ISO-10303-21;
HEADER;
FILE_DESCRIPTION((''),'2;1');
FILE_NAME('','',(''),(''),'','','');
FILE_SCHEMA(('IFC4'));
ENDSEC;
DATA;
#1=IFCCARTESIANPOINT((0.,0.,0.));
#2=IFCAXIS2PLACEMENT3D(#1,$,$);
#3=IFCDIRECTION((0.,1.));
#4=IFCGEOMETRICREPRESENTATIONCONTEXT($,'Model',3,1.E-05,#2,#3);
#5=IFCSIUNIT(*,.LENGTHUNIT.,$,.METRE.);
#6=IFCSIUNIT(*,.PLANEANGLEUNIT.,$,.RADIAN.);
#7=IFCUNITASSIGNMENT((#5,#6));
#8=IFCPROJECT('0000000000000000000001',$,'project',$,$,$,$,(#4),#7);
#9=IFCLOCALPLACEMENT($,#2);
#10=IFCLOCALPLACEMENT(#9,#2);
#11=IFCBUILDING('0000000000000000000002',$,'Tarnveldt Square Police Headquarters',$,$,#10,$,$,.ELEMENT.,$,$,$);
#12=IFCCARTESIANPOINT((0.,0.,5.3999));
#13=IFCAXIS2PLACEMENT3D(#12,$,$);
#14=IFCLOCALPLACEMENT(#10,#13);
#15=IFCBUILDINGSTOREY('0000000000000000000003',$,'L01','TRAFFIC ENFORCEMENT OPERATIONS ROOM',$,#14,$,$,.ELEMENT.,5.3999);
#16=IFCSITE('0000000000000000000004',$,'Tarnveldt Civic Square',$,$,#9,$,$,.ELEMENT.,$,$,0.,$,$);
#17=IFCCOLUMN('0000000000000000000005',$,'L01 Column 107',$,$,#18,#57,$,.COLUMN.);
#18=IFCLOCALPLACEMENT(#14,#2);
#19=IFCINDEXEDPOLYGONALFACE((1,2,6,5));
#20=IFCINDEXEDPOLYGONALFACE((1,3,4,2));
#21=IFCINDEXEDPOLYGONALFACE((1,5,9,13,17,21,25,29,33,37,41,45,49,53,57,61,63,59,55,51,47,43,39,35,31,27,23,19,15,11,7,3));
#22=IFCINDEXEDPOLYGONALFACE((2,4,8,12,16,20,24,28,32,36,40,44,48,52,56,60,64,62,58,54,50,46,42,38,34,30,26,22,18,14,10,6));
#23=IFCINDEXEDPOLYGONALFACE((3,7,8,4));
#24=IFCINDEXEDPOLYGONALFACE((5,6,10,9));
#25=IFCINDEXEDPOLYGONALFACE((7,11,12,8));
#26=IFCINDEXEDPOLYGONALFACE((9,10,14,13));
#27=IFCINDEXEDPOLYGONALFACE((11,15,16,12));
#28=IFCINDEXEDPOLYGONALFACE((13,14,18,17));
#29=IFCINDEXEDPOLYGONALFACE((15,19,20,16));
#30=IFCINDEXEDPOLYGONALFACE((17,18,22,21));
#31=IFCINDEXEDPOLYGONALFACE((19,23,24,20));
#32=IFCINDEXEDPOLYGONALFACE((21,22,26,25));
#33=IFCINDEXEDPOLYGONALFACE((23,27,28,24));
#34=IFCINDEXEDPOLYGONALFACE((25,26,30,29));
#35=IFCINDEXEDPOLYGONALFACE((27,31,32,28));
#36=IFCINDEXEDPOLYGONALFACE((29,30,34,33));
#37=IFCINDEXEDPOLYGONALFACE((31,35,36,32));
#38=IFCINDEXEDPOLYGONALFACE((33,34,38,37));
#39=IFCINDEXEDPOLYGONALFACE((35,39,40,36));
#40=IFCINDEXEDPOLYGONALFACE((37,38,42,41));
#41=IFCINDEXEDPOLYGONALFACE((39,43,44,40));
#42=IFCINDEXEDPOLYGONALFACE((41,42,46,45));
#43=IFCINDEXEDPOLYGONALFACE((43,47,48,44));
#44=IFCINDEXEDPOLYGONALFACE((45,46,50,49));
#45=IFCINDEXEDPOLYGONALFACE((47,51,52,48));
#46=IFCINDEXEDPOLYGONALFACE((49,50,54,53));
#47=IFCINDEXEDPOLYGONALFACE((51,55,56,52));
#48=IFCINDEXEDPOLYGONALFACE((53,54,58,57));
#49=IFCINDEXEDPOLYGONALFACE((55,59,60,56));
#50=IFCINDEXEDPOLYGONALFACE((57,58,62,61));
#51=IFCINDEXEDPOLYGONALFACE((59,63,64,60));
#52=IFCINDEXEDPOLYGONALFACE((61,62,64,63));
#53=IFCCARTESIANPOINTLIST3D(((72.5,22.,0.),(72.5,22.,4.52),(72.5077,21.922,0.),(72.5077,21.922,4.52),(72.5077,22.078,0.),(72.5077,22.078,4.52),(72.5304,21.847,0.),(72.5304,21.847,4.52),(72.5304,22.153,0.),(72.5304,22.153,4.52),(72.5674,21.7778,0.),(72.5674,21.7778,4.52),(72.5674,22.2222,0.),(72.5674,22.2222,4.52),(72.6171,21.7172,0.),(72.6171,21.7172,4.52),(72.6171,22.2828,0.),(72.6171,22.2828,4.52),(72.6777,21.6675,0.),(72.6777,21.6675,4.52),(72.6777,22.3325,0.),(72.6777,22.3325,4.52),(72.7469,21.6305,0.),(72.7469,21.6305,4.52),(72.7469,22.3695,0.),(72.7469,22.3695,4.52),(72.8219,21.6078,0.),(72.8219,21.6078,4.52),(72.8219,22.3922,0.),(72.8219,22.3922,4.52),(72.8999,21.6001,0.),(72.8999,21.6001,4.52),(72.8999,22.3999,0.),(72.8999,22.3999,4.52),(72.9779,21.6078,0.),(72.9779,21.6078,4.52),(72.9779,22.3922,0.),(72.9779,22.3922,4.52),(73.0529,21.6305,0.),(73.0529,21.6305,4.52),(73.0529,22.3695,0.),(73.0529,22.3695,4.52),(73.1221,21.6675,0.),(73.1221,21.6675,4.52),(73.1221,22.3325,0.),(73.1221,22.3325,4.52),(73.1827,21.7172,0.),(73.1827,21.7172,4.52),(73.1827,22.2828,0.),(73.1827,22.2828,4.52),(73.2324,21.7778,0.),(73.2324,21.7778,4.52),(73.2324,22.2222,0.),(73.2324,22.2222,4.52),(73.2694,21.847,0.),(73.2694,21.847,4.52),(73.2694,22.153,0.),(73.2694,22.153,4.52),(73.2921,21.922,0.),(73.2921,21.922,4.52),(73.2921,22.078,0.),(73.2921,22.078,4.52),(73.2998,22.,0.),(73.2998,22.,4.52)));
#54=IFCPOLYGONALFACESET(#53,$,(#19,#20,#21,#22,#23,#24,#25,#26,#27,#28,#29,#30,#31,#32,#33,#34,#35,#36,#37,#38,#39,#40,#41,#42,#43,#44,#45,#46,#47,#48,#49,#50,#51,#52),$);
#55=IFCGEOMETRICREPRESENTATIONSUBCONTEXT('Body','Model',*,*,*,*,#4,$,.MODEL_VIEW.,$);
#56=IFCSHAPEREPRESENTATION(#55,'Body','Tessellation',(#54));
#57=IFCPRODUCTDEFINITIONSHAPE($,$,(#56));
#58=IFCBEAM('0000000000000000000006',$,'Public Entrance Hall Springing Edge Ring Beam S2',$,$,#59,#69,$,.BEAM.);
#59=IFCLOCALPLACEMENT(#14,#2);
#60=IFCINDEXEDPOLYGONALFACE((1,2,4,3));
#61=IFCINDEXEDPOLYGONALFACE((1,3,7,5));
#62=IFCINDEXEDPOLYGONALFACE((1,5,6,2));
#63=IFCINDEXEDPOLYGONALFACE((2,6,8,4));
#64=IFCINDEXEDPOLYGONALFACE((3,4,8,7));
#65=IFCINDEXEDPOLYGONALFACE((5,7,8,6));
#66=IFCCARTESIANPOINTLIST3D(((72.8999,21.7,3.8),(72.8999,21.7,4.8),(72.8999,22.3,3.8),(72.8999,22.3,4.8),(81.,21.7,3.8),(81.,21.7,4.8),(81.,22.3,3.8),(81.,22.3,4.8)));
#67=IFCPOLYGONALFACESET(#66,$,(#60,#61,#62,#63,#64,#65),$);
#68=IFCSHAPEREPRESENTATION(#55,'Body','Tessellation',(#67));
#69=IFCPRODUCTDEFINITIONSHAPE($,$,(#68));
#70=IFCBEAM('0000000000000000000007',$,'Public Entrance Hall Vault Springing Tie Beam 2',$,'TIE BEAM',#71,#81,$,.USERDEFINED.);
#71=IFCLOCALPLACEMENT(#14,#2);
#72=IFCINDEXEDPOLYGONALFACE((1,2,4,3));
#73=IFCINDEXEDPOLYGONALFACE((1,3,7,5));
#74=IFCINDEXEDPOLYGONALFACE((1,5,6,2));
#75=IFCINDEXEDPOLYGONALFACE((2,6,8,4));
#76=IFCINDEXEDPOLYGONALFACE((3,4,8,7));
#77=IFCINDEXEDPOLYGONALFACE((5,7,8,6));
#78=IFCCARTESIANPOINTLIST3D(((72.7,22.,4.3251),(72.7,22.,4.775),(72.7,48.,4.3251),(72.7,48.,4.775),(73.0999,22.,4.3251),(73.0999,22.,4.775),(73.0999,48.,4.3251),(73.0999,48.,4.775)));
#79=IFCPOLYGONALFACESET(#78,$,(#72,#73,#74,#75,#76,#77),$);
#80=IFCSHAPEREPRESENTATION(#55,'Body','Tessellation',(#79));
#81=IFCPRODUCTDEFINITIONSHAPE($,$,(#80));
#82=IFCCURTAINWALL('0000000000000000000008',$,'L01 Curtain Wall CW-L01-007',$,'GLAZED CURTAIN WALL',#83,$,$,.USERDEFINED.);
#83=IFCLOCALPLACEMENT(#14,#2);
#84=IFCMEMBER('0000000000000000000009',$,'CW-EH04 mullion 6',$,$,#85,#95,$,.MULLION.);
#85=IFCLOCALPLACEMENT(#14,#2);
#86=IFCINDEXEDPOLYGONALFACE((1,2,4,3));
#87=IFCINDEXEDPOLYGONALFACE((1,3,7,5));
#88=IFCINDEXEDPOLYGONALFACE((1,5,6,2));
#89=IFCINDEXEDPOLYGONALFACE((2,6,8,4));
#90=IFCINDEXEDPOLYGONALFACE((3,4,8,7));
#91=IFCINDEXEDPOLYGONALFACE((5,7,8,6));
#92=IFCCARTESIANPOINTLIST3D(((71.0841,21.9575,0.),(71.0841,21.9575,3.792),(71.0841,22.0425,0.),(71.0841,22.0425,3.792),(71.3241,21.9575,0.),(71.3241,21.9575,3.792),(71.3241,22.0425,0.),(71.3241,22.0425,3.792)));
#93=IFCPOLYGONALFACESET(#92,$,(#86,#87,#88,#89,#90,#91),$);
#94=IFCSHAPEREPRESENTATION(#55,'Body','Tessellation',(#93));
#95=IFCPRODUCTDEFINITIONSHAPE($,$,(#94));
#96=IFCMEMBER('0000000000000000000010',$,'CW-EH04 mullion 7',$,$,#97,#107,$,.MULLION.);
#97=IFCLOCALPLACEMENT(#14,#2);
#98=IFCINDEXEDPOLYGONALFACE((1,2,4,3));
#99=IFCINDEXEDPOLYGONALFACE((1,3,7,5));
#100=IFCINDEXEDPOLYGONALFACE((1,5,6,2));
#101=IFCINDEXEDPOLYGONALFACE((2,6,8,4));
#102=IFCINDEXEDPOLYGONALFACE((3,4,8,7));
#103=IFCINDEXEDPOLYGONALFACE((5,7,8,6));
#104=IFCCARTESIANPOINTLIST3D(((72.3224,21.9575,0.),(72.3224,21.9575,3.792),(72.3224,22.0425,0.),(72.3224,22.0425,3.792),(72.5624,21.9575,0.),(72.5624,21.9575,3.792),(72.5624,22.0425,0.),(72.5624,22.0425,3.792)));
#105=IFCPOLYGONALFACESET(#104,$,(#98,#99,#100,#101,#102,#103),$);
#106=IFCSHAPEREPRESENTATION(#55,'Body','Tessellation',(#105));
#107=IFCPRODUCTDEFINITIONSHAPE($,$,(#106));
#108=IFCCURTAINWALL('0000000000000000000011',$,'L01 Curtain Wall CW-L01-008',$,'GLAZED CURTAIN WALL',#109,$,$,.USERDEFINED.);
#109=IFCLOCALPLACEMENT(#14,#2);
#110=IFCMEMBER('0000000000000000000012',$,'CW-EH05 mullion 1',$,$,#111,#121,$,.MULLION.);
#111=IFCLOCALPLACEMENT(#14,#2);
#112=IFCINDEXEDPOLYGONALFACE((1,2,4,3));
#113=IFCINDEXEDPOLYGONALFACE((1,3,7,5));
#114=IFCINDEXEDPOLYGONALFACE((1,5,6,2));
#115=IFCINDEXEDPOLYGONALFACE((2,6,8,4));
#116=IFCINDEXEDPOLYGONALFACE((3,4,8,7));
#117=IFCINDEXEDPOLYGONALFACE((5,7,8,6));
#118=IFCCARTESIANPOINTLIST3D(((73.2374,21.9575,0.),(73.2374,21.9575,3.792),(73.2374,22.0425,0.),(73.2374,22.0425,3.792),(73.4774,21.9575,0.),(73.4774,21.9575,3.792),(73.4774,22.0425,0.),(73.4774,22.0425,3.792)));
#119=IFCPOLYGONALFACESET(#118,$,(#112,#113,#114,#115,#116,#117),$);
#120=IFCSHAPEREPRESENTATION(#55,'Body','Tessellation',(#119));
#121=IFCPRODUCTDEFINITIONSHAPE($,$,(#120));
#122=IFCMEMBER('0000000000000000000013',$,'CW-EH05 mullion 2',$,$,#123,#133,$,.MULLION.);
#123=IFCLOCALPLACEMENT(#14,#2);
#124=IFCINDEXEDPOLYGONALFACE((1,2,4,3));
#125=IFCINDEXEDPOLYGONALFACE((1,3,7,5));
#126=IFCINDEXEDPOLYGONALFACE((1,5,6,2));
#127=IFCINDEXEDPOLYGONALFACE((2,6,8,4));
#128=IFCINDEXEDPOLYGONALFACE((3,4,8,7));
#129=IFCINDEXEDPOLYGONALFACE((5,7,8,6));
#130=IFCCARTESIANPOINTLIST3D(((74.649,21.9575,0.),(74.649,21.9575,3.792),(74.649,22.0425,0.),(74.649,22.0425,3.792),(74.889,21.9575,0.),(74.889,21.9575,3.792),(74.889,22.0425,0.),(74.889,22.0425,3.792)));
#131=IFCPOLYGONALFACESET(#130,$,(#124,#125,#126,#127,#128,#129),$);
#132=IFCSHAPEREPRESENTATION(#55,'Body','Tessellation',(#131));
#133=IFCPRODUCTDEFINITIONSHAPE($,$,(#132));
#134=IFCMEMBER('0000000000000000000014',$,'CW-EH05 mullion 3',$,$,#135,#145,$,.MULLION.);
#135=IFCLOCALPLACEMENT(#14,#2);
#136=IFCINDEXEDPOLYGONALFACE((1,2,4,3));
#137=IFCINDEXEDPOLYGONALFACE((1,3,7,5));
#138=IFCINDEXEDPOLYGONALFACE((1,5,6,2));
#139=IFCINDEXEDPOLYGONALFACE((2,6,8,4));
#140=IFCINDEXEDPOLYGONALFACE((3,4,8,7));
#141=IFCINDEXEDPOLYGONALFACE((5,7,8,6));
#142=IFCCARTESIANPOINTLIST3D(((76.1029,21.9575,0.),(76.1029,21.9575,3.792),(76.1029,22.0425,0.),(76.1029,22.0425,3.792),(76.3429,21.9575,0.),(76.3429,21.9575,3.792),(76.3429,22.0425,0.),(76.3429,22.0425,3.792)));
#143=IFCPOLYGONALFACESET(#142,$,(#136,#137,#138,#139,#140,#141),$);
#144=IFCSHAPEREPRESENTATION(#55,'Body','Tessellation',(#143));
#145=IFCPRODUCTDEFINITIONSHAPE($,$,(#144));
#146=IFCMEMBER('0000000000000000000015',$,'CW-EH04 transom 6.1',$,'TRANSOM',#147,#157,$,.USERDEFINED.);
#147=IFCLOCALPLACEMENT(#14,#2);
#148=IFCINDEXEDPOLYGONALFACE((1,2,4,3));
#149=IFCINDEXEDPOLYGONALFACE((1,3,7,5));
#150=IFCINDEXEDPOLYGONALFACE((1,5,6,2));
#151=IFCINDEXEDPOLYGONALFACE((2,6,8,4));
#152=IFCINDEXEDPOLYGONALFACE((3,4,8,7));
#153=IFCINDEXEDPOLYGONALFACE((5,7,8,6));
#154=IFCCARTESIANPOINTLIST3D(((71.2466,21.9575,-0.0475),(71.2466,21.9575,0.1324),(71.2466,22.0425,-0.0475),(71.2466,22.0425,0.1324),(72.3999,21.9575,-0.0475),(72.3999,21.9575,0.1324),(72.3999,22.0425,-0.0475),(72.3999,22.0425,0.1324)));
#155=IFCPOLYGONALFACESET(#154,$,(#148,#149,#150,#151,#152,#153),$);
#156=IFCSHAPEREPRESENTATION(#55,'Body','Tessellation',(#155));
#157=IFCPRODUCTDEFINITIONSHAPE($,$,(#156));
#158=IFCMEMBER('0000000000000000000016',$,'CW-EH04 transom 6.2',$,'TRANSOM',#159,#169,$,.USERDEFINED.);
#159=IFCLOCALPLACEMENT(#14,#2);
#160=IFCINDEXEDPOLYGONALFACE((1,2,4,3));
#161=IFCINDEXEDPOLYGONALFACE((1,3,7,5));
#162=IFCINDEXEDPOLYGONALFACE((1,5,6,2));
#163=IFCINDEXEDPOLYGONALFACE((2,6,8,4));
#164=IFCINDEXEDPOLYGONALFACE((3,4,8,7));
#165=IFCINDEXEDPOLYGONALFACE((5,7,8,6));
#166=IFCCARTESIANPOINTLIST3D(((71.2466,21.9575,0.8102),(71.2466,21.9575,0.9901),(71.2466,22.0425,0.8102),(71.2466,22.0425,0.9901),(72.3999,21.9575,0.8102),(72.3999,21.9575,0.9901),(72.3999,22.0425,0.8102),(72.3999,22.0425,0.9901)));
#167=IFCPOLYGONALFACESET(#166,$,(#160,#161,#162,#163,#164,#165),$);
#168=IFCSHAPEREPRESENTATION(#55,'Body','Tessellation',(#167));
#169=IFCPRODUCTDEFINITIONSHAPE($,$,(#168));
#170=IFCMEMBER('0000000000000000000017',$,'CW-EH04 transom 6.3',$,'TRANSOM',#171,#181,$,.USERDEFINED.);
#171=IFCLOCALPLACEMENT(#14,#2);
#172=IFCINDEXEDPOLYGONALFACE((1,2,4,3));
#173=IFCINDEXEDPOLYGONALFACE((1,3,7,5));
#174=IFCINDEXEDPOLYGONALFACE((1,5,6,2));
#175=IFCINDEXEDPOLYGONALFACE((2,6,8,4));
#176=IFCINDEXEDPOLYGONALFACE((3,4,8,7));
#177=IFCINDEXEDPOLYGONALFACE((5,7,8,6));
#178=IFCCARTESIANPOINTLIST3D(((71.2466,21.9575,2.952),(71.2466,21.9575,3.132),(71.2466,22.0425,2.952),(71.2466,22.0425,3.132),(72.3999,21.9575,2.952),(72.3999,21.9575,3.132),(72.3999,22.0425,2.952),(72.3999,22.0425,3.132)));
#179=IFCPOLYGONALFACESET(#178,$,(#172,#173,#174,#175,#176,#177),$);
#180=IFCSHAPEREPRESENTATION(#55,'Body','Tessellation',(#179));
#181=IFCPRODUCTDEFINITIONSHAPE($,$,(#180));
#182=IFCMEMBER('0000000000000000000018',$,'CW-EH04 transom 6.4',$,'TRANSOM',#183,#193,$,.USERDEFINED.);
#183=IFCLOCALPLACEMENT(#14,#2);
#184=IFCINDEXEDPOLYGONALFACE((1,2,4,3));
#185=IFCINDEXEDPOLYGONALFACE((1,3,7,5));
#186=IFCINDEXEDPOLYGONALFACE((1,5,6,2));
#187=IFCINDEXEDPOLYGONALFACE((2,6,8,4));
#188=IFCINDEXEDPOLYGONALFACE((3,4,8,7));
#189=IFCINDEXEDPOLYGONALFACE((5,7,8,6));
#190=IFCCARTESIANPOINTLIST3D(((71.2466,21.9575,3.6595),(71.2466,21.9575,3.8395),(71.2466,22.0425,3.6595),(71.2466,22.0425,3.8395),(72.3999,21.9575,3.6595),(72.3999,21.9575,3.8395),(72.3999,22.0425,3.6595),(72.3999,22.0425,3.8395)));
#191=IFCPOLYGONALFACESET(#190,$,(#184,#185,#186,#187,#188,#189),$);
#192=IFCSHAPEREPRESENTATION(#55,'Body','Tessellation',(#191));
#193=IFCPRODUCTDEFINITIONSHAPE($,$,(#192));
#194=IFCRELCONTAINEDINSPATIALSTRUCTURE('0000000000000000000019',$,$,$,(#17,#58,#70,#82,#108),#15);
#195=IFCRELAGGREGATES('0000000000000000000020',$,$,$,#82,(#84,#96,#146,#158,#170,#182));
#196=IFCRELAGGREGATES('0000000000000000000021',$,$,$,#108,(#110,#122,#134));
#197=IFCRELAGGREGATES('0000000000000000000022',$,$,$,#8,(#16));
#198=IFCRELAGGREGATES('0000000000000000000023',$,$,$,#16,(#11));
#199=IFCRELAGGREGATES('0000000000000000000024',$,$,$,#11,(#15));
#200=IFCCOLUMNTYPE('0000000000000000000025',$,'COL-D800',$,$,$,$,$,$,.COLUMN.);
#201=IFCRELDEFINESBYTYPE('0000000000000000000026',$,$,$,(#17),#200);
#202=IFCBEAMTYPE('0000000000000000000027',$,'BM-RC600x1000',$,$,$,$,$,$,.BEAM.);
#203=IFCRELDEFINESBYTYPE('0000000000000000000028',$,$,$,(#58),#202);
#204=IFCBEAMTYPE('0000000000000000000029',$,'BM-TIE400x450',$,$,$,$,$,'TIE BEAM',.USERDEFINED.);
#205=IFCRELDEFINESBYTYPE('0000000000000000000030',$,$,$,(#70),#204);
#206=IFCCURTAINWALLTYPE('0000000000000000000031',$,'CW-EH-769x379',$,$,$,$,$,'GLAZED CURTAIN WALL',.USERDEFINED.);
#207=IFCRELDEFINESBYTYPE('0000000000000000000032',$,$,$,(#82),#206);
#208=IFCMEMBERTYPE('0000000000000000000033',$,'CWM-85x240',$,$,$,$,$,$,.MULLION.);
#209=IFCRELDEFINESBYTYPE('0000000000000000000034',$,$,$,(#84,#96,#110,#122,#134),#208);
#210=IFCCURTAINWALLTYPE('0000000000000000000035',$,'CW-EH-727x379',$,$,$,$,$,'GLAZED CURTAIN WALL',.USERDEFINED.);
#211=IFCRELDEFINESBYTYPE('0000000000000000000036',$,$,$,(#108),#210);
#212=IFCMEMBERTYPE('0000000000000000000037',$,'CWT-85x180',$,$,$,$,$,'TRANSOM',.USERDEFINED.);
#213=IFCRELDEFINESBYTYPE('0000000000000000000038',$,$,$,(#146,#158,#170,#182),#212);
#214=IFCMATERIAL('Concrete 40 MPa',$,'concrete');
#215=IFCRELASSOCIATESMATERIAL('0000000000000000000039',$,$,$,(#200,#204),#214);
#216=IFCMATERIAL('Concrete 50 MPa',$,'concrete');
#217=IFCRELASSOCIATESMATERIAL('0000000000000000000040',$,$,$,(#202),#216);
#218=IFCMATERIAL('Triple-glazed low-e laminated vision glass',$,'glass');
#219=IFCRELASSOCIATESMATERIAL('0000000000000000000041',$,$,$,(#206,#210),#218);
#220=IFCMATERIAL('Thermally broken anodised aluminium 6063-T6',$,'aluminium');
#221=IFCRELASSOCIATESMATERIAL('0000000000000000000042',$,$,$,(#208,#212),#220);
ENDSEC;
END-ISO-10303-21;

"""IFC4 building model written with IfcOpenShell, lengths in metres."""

from ifc_helpers import new_model, si_unit, direction, frame, origin, origin_2d, place, context, subcontext, project, spatial, rectangle, circle, extrude, material, material_profile, profile_set, type_object, element, aggregate, save


model = new_model("IFC4")

# Units and contexts
model_context = context("Model", 3, precision=1e-05, world=origin(), true_north=direction((0.0, 1.0)))
body_context = subcontext(model_context, "Body", "Model", "MODEL_VIEW")
ifc_project = project(units=[si_unit("LENGTHUNIT", "METRE"), si_unit("PLANEANGLEUNIT", "RADIAN")], contexts=[model_context])

# Site, building, storey
site_placement = place(None, origin())
site = spatial("IfcSite", under=ifc_project, at=site_placement, Name="Tarnveldt Civic Square", CompositionType="ELEMENT", RefElevation=0.0)
building_placement = place(site_placement, origin())
building = spatial("IfcBuilding", under=site, at=building_placement, Name="Tarnveldt Square Police Headquarters", CompositionType="ELEMENT")
storey_placement = place(building_placement, frame((0.0, 0.0, 5.3999)))
storey = spatial("IfcBuildingStorey", under=building, at=storey_placement, Name="L01", Description="TRAFFIC ENFORCEMENT OPERATIONS ROOM", CompositionType="ELEMENT", Elevation=5.3999)

# Column
ifc_material_1 = material(Name="Concrete 40 MPa", Category="concrete")
ifc_material_profile_1 = material_profile(ifc_material_1, circle(Radius=0.3999, at=origin_2d()), Name="RC-D800")
ifc_profile_set_1 = profile_set([ifc_material_profile_1], Name="Concrete 40 MPa")
column_type = type_object("IfcColumnType", Name="COL-D800", PredefinedType="COLUMN", material=ifc_profile_set_1)
column_placement = place(storey_placement, frame((72.8999, 22.0, 0.0), z_axis=(0.0, 0.0, 1.0), x_axis=(1.0, 0.0, 0.0)))
element("IfcColumn", 1, at=column_placement, inside=storey, type_object=column_type, Name="L01 Column 107", PredefinedType="COLUMN", context=body_context, shape_type="SweptSolid", body=[
    extrude(circle(Radius=0.3999, at=origin_2d()), origin(), (0.0, 0.0, 1.0), 4.52),
])

# Beams
ifc_material_2 = material(Name="Concrete 50 MPa", Category="concrete")
ifc_material_profile_2 = material_profile(ifc_material_2, rectangle(XDim=0.6001, YDim=1.0, at=origin_2d()), Name="RC-B600x1000")
ifc_profile_set_2 = profile_set([ifc_material_profile_2], Name="Concrete 50 MPa")
beam_type_1 = type_object("IfcBeamType", Name="BM-RC600x1000", PredefinedType="BEAM", material=ifc_profile_set_2)
beam_1_placement = place(storey_placement, frame((72.8999, 22.0, 4.3), z_axis=(1.0, 0.0, 0.0), x_axis=(0.0, 1.0, 0.0)))
element("IfcBeam", 2, at=beam_1_placement, inside=storey, type_object=beam_type_1, Name="Public Entrance Hall Springing Edge Ring Beam S2", PredefinedType="BEAM", context=body_context, shape_type="SweptSolid", body=[
    extrude(rectangle(XDim=0.6001, YDim=1.0, at=origin_2d()), origin(), (0.0, 0.0, 1.0), 8.1001),
])
ifc_material_profile_3 = material_profile(ifc_material_1, rectangle(XDim=0.3999, YDim=0.45, at=origin_2d()), Name="RC-TIE400x450")
ifc_profile_set_3 = profile_set([ifc_material_profile_3], Name="Concrete 40 MPa")
beam_type_2 = type_object("IfcBeamType", Name="BM-TIE400x450", ElementType="TIE BEAM", PredefinedType="USERDEFINED", material=ifc_profile_set_3)
beam_2_placement = place(storey_placement, frame((72.8999, 22.0, 4.55), z_axis=(0.0, 1.0, 0.0), x_axis=(-1.0, 0.0, 0.0)))
element("IfcBeam", 3, at=beam_2_placement, inside=storey, type_object=beam_type_2, Name="Public Entrance Hall Vault Springing Tie Beam 2", ObjectType="TIE BEAM", PredefinedType="USERDEFINED", context=body_context, shape_type="SweptSolid", body=[
    extrude(rectangle(XDim=0.3999, YDim=0.45, at=origin_2d()), origin(), (0.0, 0.0, 1.0), 26.0),
])

# Curtain walls, members
ifc_material_3 = material(Name="Triple-glazed low-e laminated vision glass", Category="glass")
curtain_wall_type_1 = type_object("IfcCurtainWallType", Name="CW-EH-769x379", ElementType="GLAZED CURTAIN WALL", PredefinedType="USERDEFINED", material=ifc_material_3)
curtain_wall_1_placement = place(storey_placement, origin())
curtain_wall_1 = element("IfcCurtainWall", 4, at=curtain_wall_1_placement, inside=storey, type_object=curtain_wall_type_1, Name="L01 Curtain Wall CW-L01-007", ObjectType="GLAZED CURTAIN WALL", PredefinedType="USERDEFINED")
ifc_material_4 = material(Name="Thermally broken anodised aluminium 6063-T6", Category="aluminium")
ifc_material_profile_4 = material_profile(ifc_material_4, rectangle(XDim=0.085, YDim=0.24, at=origin_2d()), Name="CW-M85x240")
ifc_profile_set_4 = profile_set([ifc_material_profile_4], Name="Thermally broken anodised aluminium 6063-T6")
member_type_1 = type_object("IfcMemberType", Name="CWM-85x240", PredefinedType="MULLION", material=ifc_profile_set_4)
member_1_placement = place(storey_placement, frame((71.2041, 22.0, 0.0), z_axis=(0.0, 0.0, 1.0), x_axis=(0.0, 1.0, 0.0)))
member_1 = element("IfcMember", 5, at=member_1_placement, type_object=member_type_1, Name="CW-EH04 mullion 6", PredefinedType="MULLION", context=body_context, shape_type="SweptSolid", body=[
    extrude(rectangle(XDim=0.085, YDim=0.24, at=origin_2d()), origin(), (0.0, 0.0, 1.0), 3.792),
])
member_2_placement = place(storey_placement, frame((72.4424, 22.0, 0.0), z_axis=(0.0, 0.0, 1.0), x_axis=(0.0, 1.0, 0.0)))
member_2 = element("IfcMember", 6, at=member_2_placement, type_object=member_type_1, Name="CW-EH04 mullion 7", PredefinedType="MULLION", context=body_context, shape_type="SweptSolid", body=[
    extrude(rectangle(XDim=0.085, YDim=0.24, at=origin_2d()), origin(), (0.0, 0.0, 1.0), 3.792),
])
curtain_wall_type_2 = type_object("IfcCurtainWallType", Name="CW-EH-727x379", ElementType="GLAZED CURTAIN WALL", PredefinedType="USERDEFINED", material=ifc_material_3)
curtain_wall_2_placement = place(storey_placement, origin())
curtain_wall_2 = element("IfcCurtainWall", 7, at=curtain_wall_2_placement, inside=storey, type_object=curtain_wall_type_2, Name="L01 Curtain Wall CW-L01-008", ObjectType="GLAZED CURTAIN WALL", PredefinedType="USERDEFINED")
member_3_placement = place(storey_placement, frame((73.3574, 22.0, 0.0), z_axis=(0.0, 0.0, 1.0), x_axis=(0.0, 1.0, 0.0)))
member_3 = element("IfcMember", 8, at=member_3_placement, type_object=member_type_1, Name="CW-EH05 mullion 1", PredefinedType="MULLION", context=body_context, shape_type="SweptSolid", body=[
    extrude(rectangle(XDim=0.085, YDim=0.24, at=origin_2d()), origin(), (0.0, 0.0, 1.0), 3.792),
])
member_4_placement = place(storey_placement, frame((74.769, 22.0, 0.0), z_axis=(0.0, 0.0, 1.0), x_axis=(0.0, 1.0, 0.0)))
member_4 = element("IfcMember", 9, at=member_4_placement, type_object=member_type_1, Name="CW-EH05 mullion 2", PredefinedType="MULLION", context=body_context, shape_type="SweptSolid", body=[
    extrude(rectangle(XDim=0.085, YDim=0.24, at=origin_2d()), origin(), (0.0, 0.0, 1.0), 3.792),
])
member_5_placement = place(storey_placement, frame((76.2229, 22.0, 0.0), z_axis=(0.0, 0.0, 1.0), x_axis=(0.0, 1.0, 0.0)))
member_5 = element("IfcMember", 10, at=member_5_placement, type_object=member_type_1, Name="CW-EH05 mullion 3", PredefinedType="MULLION", context=body_context, shape_type="SweptSolid", body=[
    extrude(rectangle(XDim=0.085, YDim=0.24, at=origin_2d()), origin(), (0.0, 0.0, 1.0), 3.792),
])

# Members
ifc_material_profile_5 = material_profile(ifc_material_4, rectangle(XDim=0.085, YDim=0.1799, at=origin_2d()), Name="CW-T85x180")
ifc_profile_set_5 = profile_set([ifc_material_profile_5], Name="Thermally broken anodised aluminium 6063-T6")
member_type_2 = type_object("IfcMemberType", Name="CWT-85x180", ElementType="TRANSOM", PredefinedType="USERDEFINED", material=ifc_profile_set_5)
member_6_placement = place(storey_placement, frame((71.2466, 22.0, 0.0425), z_axis=(1.0, 0.0, 0.0), x_axis=(0.0, 1.0, 0.0)))
member_6 = element("IfcMember", 11, at=member_6_placement, type_object=member_type_2, Name="CW-EH04 transom 6.1", ObjectType="TRANSOM", PredefinedType="USERDEFINED", context=body_context, shape_type="SweptSolid", body=[
    extrude(rectangle(XDim=0.085, YDim=0.1799, at=origin_2d()), origin(), (0.0, 0.0, 1.0), 1.1533),
])
member_7_placement = place(storey_placement, frame((71.2466, 22.0, 0.9001), z_axis=(1.0, 0.0, 0.0), x_axis=(0.0, 1.0, 0.0)))
member_7 = element("IfcMember", 12, at=member_7_placement, type_object=member_type_2, Name="CW-EH04 transom 6.2", ObjectType="TRANSOM", PredefinedType="USERDEFINED", context=body_context, shape_type="SweptSolid", body=[
    extrude(rectangle(XDim=0.085, YDim=0.1799, at=origin_2d()), origin(), (0.0, 0.0, 1.0), 1.1533),
])
member_8_placement = place(storey_placement, frame((71.2466, 22.0, 3.042), z_axis=(1.0, 0.0, 0.0), x_axis=(0.0, 1.0, 0.0)))
member_8 = element("IfcMember", 13, at=member_8_placement, type_object=member_type_2, Name="CW-EH04 transom 6.3", ObjectType="TRANSOM", PredefinedType="USERDEFINED", context=body_context, shape_type="SweptSolid", body=[
    extrude(rectangle(XDim=0.085, YDim=0.1799, at=origin_2d()), origin(), (0.0, 0.0, 1.0), 1.1533),
])
member_9_placement = place(storey_placement, frame((71.2466, 22.0, 3.7495), z_axis=(1.0, 0.0, 0.0), x_axis=(0.0, 1.0, 0.0)))
member_9 = element("IfcMember", 14, at=member_9_placement, type_object=member_type_2, Name="CW-EH04 transom 6.4", ObjectType="TRANSOM", PredefinedType="USERDEFINED", context=body_context, shape_type="SweptSolid", body=[
    extrude(rectangle(XDim=0.085, YDim=0.1799, at=origin_2d()), origin(), (0.0, 0.0, 1.0), 1.1533),
])

aggregate(curtain_wall_1, [member_1, member_2, member_6, member_7, member_8, member_9])
aggregate(curtain_wall_2, [member_3, member_4, member_5])

save(model, "model.ifc")
